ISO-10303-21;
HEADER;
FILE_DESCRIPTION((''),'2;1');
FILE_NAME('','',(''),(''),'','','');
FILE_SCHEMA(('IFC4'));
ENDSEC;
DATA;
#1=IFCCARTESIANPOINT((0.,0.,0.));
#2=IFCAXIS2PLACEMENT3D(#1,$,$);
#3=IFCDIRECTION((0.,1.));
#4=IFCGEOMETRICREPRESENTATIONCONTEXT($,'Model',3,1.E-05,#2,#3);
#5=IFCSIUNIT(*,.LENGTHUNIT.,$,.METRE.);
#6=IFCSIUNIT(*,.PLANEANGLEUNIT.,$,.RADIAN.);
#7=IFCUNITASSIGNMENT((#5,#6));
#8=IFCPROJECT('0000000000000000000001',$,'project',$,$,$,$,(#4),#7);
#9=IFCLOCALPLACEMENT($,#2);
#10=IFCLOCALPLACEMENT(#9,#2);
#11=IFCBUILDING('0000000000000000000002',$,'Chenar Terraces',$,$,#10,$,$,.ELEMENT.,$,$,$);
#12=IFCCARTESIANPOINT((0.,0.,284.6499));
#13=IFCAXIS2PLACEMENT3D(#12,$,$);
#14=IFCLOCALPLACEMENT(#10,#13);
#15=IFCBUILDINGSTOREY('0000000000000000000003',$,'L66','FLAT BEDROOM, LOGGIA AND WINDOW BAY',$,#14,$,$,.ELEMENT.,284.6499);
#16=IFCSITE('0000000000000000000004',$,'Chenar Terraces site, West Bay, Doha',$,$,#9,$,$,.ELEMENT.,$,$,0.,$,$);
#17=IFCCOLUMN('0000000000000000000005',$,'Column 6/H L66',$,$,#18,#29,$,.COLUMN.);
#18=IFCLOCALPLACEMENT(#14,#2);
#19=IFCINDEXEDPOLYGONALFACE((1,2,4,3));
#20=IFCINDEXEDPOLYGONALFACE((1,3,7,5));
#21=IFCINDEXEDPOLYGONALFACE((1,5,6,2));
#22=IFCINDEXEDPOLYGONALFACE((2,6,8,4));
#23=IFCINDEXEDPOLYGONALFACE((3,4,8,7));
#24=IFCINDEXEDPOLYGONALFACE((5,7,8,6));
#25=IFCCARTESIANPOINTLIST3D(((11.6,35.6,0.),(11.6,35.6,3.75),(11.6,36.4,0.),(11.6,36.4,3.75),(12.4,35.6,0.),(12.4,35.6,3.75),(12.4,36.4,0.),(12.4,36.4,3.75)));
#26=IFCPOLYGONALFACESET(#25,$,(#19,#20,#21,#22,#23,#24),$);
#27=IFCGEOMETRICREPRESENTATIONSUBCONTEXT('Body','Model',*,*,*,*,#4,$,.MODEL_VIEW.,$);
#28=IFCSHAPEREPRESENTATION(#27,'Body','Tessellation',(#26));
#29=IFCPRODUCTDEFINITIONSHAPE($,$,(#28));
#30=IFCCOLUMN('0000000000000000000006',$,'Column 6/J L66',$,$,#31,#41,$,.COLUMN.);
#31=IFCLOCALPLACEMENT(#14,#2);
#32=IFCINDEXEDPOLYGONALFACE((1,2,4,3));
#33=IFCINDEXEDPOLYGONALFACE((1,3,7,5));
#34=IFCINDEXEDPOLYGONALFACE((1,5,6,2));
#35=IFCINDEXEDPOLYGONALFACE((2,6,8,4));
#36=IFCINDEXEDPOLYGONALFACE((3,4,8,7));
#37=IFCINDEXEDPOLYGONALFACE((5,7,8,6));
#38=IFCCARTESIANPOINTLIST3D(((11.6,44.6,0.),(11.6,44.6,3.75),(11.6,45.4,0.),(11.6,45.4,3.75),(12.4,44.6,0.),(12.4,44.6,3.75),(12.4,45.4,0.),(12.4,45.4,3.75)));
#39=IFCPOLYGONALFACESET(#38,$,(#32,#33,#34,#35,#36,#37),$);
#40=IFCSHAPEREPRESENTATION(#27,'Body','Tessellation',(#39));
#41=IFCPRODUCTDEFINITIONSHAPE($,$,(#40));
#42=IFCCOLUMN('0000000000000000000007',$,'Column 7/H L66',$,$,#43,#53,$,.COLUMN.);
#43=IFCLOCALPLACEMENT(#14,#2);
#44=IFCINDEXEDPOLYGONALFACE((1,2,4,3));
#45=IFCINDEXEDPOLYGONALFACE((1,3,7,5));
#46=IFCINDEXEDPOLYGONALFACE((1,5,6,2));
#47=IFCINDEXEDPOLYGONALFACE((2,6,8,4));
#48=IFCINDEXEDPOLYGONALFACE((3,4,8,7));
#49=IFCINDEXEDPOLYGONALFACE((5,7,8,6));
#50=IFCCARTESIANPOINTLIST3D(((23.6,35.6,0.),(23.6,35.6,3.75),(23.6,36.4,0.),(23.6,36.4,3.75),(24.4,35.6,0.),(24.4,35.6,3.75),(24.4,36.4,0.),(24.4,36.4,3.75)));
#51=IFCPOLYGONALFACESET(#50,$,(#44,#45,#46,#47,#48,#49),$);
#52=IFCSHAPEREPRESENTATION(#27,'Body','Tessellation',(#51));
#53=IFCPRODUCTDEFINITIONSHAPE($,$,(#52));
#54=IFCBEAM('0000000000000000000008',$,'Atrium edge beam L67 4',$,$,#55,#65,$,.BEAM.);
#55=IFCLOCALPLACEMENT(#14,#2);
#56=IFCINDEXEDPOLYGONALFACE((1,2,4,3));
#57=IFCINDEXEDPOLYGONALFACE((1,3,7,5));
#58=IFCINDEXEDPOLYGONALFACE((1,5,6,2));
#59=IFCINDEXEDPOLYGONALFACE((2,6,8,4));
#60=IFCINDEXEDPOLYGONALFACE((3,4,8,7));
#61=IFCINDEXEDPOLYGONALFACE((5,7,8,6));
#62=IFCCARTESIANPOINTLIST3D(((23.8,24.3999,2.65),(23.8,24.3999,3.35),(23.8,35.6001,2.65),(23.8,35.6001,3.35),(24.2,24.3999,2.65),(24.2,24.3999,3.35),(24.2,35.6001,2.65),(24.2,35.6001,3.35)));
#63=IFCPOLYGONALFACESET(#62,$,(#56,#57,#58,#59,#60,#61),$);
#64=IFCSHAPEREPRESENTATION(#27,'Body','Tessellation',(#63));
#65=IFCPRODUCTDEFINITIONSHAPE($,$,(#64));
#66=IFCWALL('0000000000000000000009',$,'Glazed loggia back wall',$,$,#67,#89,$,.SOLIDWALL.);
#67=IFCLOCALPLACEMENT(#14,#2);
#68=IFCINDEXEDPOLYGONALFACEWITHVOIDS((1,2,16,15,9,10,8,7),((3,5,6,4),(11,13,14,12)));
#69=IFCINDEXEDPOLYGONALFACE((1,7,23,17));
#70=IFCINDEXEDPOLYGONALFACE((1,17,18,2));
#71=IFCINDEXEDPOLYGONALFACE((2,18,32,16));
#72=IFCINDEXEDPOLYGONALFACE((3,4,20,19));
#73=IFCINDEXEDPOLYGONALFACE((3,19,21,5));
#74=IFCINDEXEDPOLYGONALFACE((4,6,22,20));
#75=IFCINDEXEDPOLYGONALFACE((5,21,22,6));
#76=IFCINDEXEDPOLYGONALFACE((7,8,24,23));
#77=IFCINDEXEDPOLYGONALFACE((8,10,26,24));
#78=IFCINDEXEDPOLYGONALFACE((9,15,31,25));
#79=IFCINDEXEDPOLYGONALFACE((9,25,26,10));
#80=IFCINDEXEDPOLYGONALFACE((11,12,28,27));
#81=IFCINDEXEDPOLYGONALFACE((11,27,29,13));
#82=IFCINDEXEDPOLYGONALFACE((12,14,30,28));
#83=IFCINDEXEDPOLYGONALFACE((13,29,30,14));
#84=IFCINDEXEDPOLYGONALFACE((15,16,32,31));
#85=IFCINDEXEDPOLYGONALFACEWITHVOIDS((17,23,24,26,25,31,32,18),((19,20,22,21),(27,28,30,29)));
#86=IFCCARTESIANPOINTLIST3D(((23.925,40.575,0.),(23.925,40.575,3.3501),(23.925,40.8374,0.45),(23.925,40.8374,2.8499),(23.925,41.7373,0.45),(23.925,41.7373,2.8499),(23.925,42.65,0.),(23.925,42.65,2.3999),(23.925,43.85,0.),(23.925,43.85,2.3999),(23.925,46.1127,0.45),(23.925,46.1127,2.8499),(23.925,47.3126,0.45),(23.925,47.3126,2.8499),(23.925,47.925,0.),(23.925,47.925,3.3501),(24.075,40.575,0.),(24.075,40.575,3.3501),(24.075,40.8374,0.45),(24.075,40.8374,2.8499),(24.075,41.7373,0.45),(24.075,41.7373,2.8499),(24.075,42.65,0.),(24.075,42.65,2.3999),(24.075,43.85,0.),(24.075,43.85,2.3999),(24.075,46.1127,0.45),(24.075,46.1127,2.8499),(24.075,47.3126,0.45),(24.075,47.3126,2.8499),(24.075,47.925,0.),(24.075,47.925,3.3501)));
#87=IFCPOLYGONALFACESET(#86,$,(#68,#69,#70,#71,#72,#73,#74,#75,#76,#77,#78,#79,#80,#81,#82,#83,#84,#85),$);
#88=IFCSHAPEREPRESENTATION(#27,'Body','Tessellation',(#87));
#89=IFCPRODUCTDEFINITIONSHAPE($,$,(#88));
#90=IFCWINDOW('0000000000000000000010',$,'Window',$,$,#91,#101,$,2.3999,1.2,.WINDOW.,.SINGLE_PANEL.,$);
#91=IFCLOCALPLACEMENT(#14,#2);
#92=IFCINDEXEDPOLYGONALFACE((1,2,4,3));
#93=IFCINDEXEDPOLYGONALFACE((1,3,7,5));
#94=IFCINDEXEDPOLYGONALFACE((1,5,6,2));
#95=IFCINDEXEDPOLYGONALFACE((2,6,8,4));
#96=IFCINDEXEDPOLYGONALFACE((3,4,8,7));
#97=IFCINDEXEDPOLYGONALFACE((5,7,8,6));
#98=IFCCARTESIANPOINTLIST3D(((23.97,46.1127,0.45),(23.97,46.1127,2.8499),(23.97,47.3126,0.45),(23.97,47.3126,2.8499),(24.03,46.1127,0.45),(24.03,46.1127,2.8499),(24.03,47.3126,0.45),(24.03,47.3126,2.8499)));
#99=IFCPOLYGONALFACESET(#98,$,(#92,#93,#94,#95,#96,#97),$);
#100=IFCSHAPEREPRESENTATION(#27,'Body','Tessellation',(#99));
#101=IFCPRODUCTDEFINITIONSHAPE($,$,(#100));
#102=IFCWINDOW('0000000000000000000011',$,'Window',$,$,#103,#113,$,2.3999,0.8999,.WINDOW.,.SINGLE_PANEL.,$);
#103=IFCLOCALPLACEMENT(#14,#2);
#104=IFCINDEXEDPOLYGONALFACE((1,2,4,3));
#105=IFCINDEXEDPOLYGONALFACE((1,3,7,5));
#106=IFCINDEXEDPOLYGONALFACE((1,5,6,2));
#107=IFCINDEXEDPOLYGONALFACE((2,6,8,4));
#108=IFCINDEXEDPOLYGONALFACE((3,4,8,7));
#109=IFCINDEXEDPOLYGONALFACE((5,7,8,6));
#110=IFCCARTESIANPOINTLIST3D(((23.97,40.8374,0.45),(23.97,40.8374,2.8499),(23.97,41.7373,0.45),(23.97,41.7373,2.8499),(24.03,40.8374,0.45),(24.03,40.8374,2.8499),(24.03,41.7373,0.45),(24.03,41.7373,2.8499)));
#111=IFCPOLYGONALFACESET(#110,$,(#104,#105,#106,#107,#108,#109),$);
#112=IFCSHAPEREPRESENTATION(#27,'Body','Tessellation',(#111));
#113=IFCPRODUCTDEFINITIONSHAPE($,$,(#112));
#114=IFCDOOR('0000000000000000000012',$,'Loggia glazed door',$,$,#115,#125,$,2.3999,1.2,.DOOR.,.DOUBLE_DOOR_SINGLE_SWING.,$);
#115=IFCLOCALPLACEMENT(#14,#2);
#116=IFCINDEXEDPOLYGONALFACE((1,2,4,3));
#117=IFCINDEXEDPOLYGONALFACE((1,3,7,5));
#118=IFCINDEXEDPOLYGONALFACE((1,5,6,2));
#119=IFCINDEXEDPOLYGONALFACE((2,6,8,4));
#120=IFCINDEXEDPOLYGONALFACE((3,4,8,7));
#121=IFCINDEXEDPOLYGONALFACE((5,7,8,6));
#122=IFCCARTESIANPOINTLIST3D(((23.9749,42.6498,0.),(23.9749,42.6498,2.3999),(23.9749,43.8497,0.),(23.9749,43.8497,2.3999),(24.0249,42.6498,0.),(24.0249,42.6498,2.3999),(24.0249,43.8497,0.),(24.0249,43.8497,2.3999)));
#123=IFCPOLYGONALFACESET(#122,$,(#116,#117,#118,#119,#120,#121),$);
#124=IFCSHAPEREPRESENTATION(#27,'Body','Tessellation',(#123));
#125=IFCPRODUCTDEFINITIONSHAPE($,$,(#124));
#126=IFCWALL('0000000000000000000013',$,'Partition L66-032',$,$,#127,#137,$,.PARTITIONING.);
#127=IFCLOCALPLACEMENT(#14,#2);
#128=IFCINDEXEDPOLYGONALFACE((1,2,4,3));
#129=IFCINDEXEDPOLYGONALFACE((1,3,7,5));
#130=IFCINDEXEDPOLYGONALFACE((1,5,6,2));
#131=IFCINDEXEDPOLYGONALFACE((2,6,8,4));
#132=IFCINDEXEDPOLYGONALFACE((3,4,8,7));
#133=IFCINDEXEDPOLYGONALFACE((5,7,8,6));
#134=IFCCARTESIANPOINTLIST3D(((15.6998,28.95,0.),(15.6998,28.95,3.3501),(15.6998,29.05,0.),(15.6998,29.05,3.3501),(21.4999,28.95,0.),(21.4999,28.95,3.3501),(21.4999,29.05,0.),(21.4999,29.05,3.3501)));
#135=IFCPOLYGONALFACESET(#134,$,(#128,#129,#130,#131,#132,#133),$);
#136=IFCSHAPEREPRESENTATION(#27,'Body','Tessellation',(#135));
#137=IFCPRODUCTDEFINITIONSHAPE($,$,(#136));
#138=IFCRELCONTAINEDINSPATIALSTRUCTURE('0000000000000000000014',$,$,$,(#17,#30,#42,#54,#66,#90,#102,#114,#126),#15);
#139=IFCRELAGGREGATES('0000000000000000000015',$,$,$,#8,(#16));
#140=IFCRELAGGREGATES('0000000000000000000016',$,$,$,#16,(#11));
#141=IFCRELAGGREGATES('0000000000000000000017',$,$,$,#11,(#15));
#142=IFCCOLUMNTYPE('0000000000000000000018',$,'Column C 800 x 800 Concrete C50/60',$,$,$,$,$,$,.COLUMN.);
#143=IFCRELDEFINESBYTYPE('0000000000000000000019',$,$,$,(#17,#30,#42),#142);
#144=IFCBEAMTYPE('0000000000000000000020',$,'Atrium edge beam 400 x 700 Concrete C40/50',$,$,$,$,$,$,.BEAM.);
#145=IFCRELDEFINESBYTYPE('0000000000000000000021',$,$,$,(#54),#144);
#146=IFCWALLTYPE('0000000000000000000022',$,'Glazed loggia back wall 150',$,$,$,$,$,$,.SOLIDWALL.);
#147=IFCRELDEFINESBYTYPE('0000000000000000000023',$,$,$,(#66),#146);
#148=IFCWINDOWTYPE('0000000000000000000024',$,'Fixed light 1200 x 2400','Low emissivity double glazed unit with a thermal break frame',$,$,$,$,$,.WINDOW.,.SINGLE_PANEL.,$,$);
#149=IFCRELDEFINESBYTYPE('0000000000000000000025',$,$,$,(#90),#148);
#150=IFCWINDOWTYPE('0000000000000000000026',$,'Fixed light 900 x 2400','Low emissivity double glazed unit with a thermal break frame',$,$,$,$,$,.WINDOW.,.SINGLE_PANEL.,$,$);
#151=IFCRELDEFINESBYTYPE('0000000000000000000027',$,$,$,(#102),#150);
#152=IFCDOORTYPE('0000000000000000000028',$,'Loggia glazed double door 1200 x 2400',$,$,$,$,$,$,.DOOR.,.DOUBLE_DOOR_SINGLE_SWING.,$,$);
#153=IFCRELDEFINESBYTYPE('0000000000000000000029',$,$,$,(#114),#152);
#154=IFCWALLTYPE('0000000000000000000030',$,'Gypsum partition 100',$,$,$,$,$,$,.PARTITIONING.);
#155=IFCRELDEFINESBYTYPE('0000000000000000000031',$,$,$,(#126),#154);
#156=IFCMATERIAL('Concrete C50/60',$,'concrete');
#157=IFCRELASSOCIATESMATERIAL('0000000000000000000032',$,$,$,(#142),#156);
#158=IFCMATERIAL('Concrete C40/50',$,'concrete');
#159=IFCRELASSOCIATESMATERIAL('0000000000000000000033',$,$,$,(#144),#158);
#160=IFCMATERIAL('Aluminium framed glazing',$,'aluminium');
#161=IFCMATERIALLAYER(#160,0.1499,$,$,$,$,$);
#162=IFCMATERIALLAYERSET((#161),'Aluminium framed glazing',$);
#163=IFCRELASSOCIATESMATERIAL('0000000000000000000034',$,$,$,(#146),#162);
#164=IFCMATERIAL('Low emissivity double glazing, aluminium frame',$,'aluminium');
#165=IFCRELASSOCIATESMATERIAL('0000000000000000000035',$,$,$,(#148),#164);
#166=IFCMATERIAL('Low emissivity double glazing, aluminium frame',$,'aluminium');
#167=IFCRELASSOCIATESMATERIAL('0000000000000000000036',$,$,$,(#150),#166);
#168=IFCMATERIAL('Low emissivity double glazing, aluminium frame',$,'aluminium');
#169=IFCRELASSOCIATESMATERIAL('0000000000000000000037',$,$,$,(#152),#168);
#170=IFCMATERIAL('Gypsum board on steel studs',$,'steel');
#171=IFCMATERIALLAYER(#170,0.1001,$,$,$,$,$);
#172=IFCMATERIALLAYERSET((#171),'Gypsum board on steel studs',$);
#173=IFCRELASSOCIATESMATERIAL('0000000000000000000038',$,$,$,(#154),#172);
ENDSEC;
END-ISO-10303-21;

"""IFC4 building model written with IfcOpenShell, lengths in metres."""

from ifc_helpers import new_model, si_unit, direction, frame, frame_2d, origin, origin_2d, place, context, subcontext, project, spatial, rectangle, extrude, material, layer, layer_set, material_profile, profile_set, type_object, element, fill, save


model = new_model("IFC4")

# Units and contexts
model_context = context("Model", 3, precision=1e-05, world=origin(), true_north=direction((0.0, 1.0)))
body_context = subcontext(model_context, "Body", "Model", "MODEL_VIEW")
ifc_project = project(units=[si_unit("LENGTHUNIT", "METRE"), si_unit("PLANEANGLEUNIT", "RADIAN")], contexts=[model_context])

# Site, building, storey
site_placement = place(None, origin())
site = spatial("IfcSite", under=ifc_project, at=site_placement, Name="Chenar Terraces site, West Bay, Doha", CompositionType="ELEMENT", RefElevation=0.0)
building_placement = place(site_placement, origin())
building = spatial("IfcBuilding", under=site, at=building_placement, Name="Chenar Terraces", CompositionType="ELEMENT")
storey_placement = place(building_placement, frame((0.0, 0.0, 284.6499)))
storey = spatial("IfcBuildingStorey", under=building, at=storey_placement, Name="L66", Description="FLAT BEDROOM, LOGGIA AND WINDOW BAY", CompositionType="ELEMENT", Elevation=284.6499)

# Columns
ifc_material_1 = material(Name="Concrete C50/60", Category="concrete")
ifc_material_profile_1 = material_profile(ifc_material_1, rectangle(XDim=0.8, YDim=0.8, at=origin_2d()), Name="C 800 x 800")
ifc_profile_set_1 = profile_set([ifc_material_profile_1], Name="Concrete C50/60")
column_type = type_object("IfcColumnType", Name="Column C 800 x 800 Concrete C50/60", PredefinedType="COLUMN", material=ifc_profile_set_1)
for number, where, z_axis, x_axis, name in (
    (1, (12.0, 36.0, 0.0), (0.0, 0.0, 1.0), (1.0, 0.0, 0.0), "Column 6/H L66"),
    (2, (12.0, 45.0, 0.0), (0.0, 0.0, 1.0), (1.0, 0.0, 0.0), "Column 6/J L66"),
    (3, (24.0, 36.0, 0.0), (0.0, 0.0, 1.0), (1.0, 0.0, 0.0), "Column 7/H L66"),
):
    element("IfcColumn", number, at=place(storey_placement, frame(where, z_axis=z_axis, x_axis=x_axis)), inside=storey, type_object=column_type, Name=name, PredefinedType="COLUMN", context=body_context, shape_type="SweptSolid", body=[
        extrude(rectangle(XDim=0.8, YDim=0.8, at=origin_2d()), origin(), (0.0, 0.0, 1.0), 3.75),
    ])

# Beam
ifc_material_2 = material(Name="Concrete C40/50", Category="concrete")
ifc_material_profile_2 = material_profile(ifc_material_2, rectangle(XDim=0.3999, YDim=0.7, at=origin_2d()), Name="RC 400 x 700")
ifc_profile_set_2 = profile_set([ifc_material_profile_2], Name="Concrete C40/50")
beam_type = type_object("IfcBeamType", Name="Atrium edge beam 400 x 700 Concrete C40/50", PredefinedType="BEAM", material=ifc_profile_set_2)
beam_placement = place(storey_placement, frame((24.0, 35.6001, 3.0), z_axis=(0.0, -1.0, 0.0), x_axis=(1.0, 0.0, 0.0)))
element("IfcBeam", 4, at=beam_placement, inside=storey, type_object=beam_type, Name="Atrium edge beam L67 4", PredefinedType="BEAM", context=body_context, shape_type="SweptSolid", body=[
    extrude(rectangle(XDim=0.3999, YDim=0.7, at=origin_2d()), origin(), (0.0, 0.0, 1.0), 11.2002),
])

# Wall, openings, windows, door
ifc_material_3 = material(Name="Aluminium framed glazing", Category="aluminium")
ifc_layer_1 = layer(ifc_material_3, 0.1499)
ifc_layer_set_1 = layer_set([ifc_layer_1], Name="Aluminium framed glazing")
wall_type_1 = type_object("IfcWallType", Name="Glazed loggia back wall 150", PredefinedType="SOLIDWALL", material=ifc_layer_set_1)
wall_1_placement = place(storey_placement, frame((24.0, 40.575, 0.0), z_axis=(0.0, 0.0, 1.0), x_axis=(0.0, 1.0, 0.0)))
wall_1 = element("IfcWall", 5, at=wall_1_placement, inside=storey, type_object=wall_type_1, Name="Glazed loggia back wall", PredefinedType="SOLIDWALL", context=body_context, shape_type="SweptSolid", body=[
    extrude(rectangle(XDim=7.3501, YDim=0.1499, at=frame_2d((3.675, 0.0))), origin(), (0.0, 0.0, 1.0), 3.3501),
])
opening_1_placement = place(wall_1_placement, frame((0.2625, 0.0, 0.45)))
opening_1 = element("IfcOpeningElement", 6, at=opening_1_placement, cuts=wall_1, PredefinedType="OPENING", context=body_context, shape_type="SweptSolid", body=[
    extrude(rectangle(XDim=0.8999, YDim=2.3999, at=frame_2d((0.45, 1.2))), frame((0.0, 0.085, 0.0), z_axis=(0.0, -1.0, 0.0), x_axis=(1.0, 0.0, 0.0)), (0.0, 0.0, 1.0), 0.1699),
])
opening_2_placement = place(wall_1_placement, frame((2.075, 0.0, 0.0)))
opening_2 = element("IfcOpeningElement", 7, at=opening_2_placement, cuts=wall_1, PredefinedType="OPENING", context=body_context, shape_type="SweptSolid", body=[
    extrude(rectangle(XDim=1.2, YDim=2.3999, at=frame_2d((0.6001, 1.2))), frame((0.0, 0.085, 0.0), z_axis=(0.0, -1.0, 0.0), x_axis=(1.0, 0.0, 0.0)), (0.0, 0.0, 1.0), 0.1699),
])
opening_3_placement = place(wall_1_placement, frame((5.5376, 0.0, 0.45)))
opening_3 = element("IfcOpeningElement", 8, at=opening_3_placement, cuts=wall_1, PredefinedType="OPENING", context=body_context, shape_type="SweptSolid", body=[
    extrude(rectangle(XDim=1.2, YDim=2.3999, at=frame_2d((0.6001, 1.2))), frame((0.0, 0.085, 0.0), z_axis=(0.0, -1.0, 0.0), x_axis=(1.0, 0.0, 0.0)), (0.0, 0.0, 1.0), 0.1699),
])
ifc_material_4 = material(Name="Low emissivity double glazing, aluminium frame", Category="aluminium")
window_type_1 = type_object("IfcWindowType", Name="Fixed light 1200 x 2400", Description="Low emissivity double glazed unit with a thermal break frame", PartitioningType="SINGLE_PANEL", PredefinedType="WINDOW", material=ifc_material_4)
window_1_placement = place(opening_3_placement, origin())
window_1 = element("IfcWindow", 9, at=window_1_placement, inside=storey, type_object=window_type_1, Name="Window", OverallHeight=2.3999, OverallWidth=1.2, PartitioningType="SINGLE_PANEL", PredefinedType="WINDOW", context=body_context, shape_type="SweptSolid", body=[
    extrude(rectangle(XDim=1.2, YDim=2.3999, at=frame_2d((0.6001, 1.2))), frame((0.0, 0.03, 0.0), z_axis=(0.0, -1.0, 0.0), x_axis=(1.0, 0.0, 0.0)), (0.0, 0.0, 1.0), 0.0601),
])
fill(opening_3, window_1)
ifc_material_5 = material(Name="Low emissivity double glazing, aluminium frame", Category="aluminium")
window_type_2 = type_object("IfcWindowType", Name="Fixed light 900 x 2400", Description="Low emissivity double glazed unit with a thermal break frame", PartitioningType="SINGLE_PANEL", PredefinedType="WINDOW", material=ifc_material_5)
window_2_placement = place(opening_1_placement, origin())
window_2 = element("IfcWindow", 10, at=window_2_placement, inside=storey, type_object=window_type_2, Name="Window", OverallHeight=2.3999, OverallWidth=0.8999, PartitioningType="SINGLE_PANEL", PredefinedType="WINDOW", context=body_context, shape_type="SweptSolid", body=[
    extrude(rectangle(XDim=0.8999, YDim=2.3999, at=frame_2d((0.45, 1.2))), frame((0.0, 0.03, 0.0), z_axis=(0.0, -1.0, 0.0), x_axis=(1.0, 0.0, 0.0)), (0.0, 0.0, 1.0), 0.0601),
])
fill(opening_1, window_2)
ifc_material_6 = material(Name="Low emissivity double glazing, aluminium frame", Category="aluminium")
door_type_1 = type_object("IfcDoorType", Name="Loggia glazed double door 1200 x 2400", OperationType="DOUBLE_DOOR_SINGLE_SWING", PredefinedType="DOOR", material=ifc_material_6)
door_1_placement = place(opening_2_placement, frame((1.2, 0.0, 0.0), z_axis=(0.0, 0.0, 1.0), x_axis=(-1.0, 0.0, 0.0)))
door_1 = element("IfcDoor", 11, at=door_1_placement, inside=storey, type_object=door_type_1, Name="Loggia glazed door", OperationType="DOUBLE_DOOR_SINGLE_SWING", OverallHeight=2.3999, OverallWidth=1.2, PredefinedType="DOOR", context=body_context, shape_type="SweptSolid", body=[
    extrude(rectangle(XDim=1.2, YDim=2.3999, at=frame_2d((0.6001, 1.2))), frame((0.0, 0.0249, 0.0), z_axis=(0.0, -1.0, 0.0), x_axis=(1.0, 0.0, 0.0)), (0.0, 0.0, 1.0), 0.05),
])
fill(opening_2, door_1)

# Wall
ifc_material_7 = material(Name="Gypsum board on steel studs", Category="steel")
ifc_layer_2 = layer(ifc_material_7, 0.1001)
ifc_layer_set_2 = layer_set([ifc_layer_2], Name="Gypsum board on steel studs")
wall_type_2 = type_object("IfcWallType", Name="Gypsum partition 100", PredefinedType="PARTITIONING", material=ifc_layer_set_2)
wall_2_placement = place(storey_placement, frame((15.7, 29.0, 0.0), z_axis=(0.0, 0.0, 1.0), x_axis=(1.0, 0.0, 0.0)))
element("IfcWall", 12, at=wall_2_placement, inside=storey, type_object=wall_type_2, Name="Partition L66-032", PredefinedType="PARTITIONING", context=body_context, shape_type="SweptSolid", body=[
    extrude(rectangle(XDim=5.8, YDim=0.1001, at=frame_2d((2.8999, 0.0))), origin(), (0.0, 0.0, 1.0), 3.3501),
])

save(model, "model.ifc")
